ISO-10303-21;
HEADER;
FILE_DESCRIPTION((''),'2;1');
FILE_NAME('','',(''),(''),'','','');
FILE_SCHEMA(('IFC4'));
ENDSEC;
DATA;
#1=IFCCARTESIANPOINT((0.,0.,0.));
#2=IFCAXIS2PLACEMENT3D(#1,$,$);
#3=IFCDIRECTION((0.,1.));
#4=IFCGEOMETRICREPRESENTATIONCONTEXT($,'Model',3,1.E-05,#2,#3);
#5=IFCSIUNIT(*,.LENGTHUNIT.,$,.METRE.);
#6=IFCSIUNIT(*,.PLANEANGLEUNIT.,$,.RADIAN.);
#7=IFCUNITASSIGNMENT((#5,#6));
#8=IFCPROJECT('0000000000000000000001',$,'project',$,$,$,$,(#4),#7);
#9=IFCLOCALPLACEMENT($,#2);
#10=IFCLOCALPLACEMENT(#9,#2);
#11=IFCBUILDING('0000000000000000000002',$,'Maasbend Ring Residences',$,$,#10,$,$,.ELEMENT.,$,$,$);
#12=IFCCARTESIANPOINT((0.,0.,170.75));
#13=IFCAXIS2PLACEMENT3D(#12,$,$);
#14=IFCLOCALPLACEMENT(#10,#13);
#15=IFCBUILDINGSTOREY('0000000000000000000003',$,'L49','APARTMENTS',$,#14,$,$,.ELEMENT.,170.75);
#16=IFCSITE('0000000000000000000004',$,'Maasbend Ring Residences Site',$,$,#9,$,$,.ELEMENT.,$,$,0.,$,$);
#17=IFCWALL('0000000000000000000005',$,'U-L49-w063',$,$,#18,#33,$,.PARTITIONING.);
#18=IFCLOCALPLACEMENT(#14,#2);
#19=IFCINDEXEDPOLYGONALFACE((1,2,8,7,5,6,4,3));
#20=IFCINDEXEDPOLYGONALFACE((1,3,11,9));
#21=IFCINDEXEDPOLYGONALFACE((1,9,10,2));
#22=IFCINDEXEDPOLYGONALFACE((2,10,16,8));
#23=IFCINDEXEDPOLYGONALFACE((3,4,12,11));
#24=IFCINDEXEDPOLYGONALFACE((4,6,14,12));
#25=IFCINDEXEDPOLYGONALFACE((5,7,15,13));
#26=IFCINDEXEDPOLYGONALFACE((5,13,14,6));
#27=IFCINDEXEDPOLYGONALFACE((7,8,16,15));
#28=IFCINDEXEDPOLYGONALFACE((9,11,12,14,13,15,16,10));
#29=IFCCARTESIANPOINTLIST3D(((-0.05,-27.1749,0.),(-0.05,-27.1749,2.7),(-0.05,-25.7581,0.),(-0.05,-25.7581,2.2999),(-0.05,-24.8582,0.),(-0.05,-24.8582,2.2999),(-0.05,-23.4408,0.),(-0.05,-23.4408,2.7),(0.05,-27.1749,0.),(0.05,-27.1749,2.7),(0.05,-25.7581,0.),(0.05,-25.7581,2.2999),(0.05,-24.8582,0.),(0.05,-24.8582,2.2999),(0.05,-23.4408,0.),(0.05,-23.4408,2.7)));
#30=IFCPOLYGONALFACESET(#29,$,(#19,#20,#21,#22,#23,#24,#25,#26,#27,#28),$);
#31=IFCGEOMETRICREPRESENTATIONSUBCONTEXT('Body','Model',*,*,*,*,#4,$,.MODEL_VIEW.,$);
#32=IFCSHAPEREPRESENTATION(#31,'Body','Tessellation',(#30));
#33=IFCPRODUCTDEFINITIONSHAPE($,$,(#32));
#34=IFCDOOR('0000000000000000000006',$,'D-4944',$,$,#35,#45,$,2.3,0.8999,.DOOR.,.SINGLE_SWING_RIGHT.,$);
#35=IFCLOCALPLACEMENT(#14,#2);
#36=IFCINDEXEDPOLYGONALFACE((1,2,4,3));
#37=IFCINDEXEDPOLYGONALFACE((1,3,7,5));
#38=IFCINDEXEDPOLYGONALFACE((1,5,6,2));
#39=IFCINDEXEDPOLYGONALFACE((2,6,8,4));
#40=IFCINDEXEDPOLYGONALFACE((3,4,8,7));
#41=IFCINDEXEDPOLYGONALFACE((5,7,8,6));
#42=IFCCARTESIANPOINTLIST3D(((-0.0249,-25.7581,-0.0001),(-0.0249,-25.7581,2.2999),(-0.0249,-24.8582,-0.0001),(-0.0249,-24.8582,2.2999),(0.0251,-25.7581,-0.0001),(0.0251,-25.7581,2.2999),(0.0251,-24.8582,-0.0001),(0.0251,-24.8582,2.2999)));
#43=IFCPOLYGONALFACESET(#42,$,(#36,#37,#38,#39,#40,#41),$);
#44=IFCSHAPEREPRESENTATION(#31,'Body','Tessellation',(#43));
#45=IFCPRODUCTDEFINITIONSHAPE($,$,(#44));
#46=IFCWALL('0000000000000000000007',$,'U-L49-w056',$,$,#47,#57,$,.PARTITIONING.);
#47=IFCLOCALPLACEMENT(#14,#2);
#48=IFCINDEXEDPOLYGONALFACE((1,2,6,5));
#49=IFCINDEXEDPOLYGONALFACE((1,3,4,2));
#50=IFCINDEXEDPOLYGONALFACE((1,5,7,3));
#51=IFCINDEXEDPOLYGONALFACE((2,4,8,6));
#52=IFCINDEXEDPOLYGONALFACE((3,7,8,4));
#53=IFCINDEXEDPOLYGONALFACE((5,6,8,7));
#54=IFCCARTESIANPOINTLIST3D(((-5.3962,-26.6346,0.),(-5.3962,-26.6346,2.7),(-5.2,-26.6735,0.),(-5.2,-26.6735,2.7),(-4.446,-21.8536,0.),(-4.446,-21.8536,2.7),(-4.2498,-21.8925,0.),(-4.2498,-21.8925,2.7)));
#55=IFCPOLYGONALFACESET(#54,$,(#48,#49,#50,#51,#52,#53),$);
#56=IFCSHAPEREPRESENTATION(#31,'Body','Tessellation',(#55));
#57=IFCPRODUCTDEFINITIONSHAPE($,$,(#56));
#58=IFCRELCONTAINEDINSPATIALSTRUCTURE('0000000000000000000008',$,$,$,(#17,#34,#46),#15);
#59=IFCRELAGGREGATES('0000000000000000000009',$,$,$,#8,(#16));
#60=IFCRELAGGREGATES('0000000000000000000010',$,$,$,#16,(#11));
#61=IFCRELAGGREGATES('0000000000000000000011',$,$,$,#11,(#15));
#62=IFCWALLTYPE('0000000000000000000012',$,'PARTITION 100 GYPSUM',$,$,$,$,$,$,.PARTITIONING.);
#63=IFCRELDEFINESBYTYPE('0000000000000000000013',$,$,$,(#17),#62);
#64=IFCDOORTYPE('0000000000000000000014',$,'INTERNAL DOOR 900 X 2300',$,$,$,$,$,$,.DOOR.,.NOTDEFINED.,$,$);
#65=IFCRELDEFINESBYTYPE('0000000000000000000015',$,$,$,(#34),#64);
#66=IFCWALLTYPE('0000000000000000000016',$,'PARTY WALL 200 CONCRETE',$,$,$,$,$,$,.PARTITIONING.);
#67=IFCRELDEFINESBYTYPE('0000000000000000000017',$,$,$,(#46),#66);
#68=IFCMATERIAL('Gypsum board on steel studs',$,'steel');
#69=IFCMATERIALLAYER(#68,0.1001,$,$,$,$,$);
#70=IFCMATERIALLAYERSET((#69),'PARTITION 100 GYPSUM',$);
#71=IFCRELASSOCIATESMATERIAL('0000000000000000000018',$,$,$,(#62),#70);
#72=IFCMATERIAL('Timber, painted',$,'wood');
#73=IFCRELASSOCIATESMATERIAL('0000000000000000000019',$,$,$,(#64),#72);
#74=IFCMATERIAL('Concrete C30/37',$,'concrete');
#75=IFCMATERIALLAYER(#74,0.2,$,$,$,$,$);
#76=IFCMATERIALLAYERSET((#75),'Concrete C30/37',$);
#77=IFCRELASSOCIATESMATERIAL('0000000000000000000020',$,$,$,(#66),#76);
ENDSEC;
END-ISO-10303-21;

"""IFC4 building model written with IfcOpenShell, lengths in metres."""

from ifc_helpers import new_model, si_unit, direction, frame, frame_2d, origin, place, context, subcontext, project, spatial, rectangle, extrude, material, layer, layer_set, type_object, element, fill, save


model = new_model("IFC4")

# Units and contexts
model_context = context("Model", 3, precision=1e-05, world=origin(), true_north=direction((0.0, 1.0)))
body_context = subcontext(model_context, "Body", "Model", "MODEL_VIEW")
ifc_project = project(units=[si_unit("LENGTHUNIT", "METRE"), si_unit("PLANEANGLEUNIT", "RADIAN")], contexts=[model_context])

# Site, building, storey
site_placement = place(None, origin())
site = spatial("IfcSite", under=ifc_project, at=site_placement, Name="Maasbend Ring Residences Site", CompositionType="ELEMENT", RefElevation=0.0)
building_placement = place(site_placement, origin())
building = spatial("IfcBuilding", under=site, at=building_placement, Name="Maasbend Ring Residences", CompositionType="ELEMENT")
storey_placement = place(building_placement, frame((0.0, 0.0, 170.75)))
storey = spatial("IfcBuildingStorey", under=building, at=storey_placement, Name="L49", Description="APARTMENTS", CompositionType="ELEMENT", Elevation=170.75)

# Wall, opening, door
ifc_material_1 = material(Name="Gypsum board on steel studs", Category="steel")
ifc_layer_1 = layer(ifc_material_1, 0.1001)
ifc_layer_set_1 = layer_set([ifc_layer_1], Name="PARTITION 100 GYPSUM")
wall_type_1 = type_object("IfcWallType", Name="PARTITION 100 GYPSUM", PredefinedType="PARTITIONING", material=ifc_layer_set_1)
wall_1_placement = place(storey_placement, frame((0.0, -27.175, 0.0), z_axis=(0.0, 0.0, 1.0), x_axis=(0.0, 1.0, 0.0)))
wall_1 = element("IfcWall", 1, at=wall_1_placement, inside=storey, type_object=wall_type_1, Name="U-L49-w063", PredefinedType="PARTITIONING", context=body_context, shape_type="SweptSolid", body=[
    extrude(rectangle(XDim=3.7341, YDim=0.1001, at=frame_2d((1.8672, 0.0))), origin(), (0.0, 0.0, 1.0), 2.7),
])
opening_1_placement = place(wall_1_placement, frame((1.417, 0.0, 0.0)))
opening_1 = element("IfcOpeningElement", 2, at=opening_1_placement, cuts=wall_1, PredefinedType="OPENING", context=body_context, shape_type="SweptSolid", body=[
    extrude(rectangle(XDim=0.8999, YDim=2.3, at=frame_2d((0.45, 1.1499))), frame((0.0, 0.0601, 0.0), z_axis=(0.0, -1.0, 0.0), x_axis=(1.0, 0.0, 0.0)), (0.0, 0.0, 1.0), 0.1201),
])
ifc_material_2 = material(Name="Timber, painted", Category="wood")
door_type_1 = type_object("IfcDoorType", Name="INTERNAL DOOR 900 X 2300", OperationType="NOTDEFINED", PredefinedType="DOOR", material=ifc_material_2)
door_1_placement = place(opening_1_placement, origin())
door_1 = element("IfcDoor", 3, at=door_1_placement, inside=storey, type_object=door_type_1, Name="D-4944", OperationType="SINGLE_SWING_RIGHT", OverallHeight=2.3, OverallWidth=0.8999, PredefinedType="DOOR", context=body_context, shape_type="SweptSolid", body=[
    extrude(rectangle(XDim=0.8999, YDim=2.3, at=frame_2d((0.45, 1.1499))), frame((0.0, 0.0249, 0.0), z_axis=(0.0, -1.0, 0.0), x_axis=(1.0, 0.0, 0.0)), (0.0, 0.0, 1.0), 0.05),
])
fill(opening_1, door_1)

# Wall
ifc_material_3 = material(Name="Concrete C30/37", Category="concrete")
ifc_layer_2 = layer(ifc_material_3, 0.2)
ifc_layer_set_2 = layer_set([ifc_layer_2], Name="Concrete C30/37")
wall_type_2 = type_object("IfcWallType", Name="PARTY WALL 200 CONCRETE", PredefinedType="PARTITIONING", material=ifc_layer_set_2)
wall_2_placement = place(storey_placement, frame((-5.2981, -26.6541, 0.0), z_axis=(0.0, 0.0, 1.0), x_axis=(0.194931, 0.980817, 0.0)))
element("IfcWall", 4, at=wall_2_placement, inside=storey, type_object=wall_type_2, Name="U-L49-w056", PredefinedType="PARTITIONING", context=body_context, shape_type="SweptSolid", body=[
    extrude(rectangle(XDim=4.8745, YDim=0.2, at=frame_2d((2.4373, 0.0))), origin(), (0.0, 0.0, 1.0), 2.7),
])

save(model, "model.ifc")
